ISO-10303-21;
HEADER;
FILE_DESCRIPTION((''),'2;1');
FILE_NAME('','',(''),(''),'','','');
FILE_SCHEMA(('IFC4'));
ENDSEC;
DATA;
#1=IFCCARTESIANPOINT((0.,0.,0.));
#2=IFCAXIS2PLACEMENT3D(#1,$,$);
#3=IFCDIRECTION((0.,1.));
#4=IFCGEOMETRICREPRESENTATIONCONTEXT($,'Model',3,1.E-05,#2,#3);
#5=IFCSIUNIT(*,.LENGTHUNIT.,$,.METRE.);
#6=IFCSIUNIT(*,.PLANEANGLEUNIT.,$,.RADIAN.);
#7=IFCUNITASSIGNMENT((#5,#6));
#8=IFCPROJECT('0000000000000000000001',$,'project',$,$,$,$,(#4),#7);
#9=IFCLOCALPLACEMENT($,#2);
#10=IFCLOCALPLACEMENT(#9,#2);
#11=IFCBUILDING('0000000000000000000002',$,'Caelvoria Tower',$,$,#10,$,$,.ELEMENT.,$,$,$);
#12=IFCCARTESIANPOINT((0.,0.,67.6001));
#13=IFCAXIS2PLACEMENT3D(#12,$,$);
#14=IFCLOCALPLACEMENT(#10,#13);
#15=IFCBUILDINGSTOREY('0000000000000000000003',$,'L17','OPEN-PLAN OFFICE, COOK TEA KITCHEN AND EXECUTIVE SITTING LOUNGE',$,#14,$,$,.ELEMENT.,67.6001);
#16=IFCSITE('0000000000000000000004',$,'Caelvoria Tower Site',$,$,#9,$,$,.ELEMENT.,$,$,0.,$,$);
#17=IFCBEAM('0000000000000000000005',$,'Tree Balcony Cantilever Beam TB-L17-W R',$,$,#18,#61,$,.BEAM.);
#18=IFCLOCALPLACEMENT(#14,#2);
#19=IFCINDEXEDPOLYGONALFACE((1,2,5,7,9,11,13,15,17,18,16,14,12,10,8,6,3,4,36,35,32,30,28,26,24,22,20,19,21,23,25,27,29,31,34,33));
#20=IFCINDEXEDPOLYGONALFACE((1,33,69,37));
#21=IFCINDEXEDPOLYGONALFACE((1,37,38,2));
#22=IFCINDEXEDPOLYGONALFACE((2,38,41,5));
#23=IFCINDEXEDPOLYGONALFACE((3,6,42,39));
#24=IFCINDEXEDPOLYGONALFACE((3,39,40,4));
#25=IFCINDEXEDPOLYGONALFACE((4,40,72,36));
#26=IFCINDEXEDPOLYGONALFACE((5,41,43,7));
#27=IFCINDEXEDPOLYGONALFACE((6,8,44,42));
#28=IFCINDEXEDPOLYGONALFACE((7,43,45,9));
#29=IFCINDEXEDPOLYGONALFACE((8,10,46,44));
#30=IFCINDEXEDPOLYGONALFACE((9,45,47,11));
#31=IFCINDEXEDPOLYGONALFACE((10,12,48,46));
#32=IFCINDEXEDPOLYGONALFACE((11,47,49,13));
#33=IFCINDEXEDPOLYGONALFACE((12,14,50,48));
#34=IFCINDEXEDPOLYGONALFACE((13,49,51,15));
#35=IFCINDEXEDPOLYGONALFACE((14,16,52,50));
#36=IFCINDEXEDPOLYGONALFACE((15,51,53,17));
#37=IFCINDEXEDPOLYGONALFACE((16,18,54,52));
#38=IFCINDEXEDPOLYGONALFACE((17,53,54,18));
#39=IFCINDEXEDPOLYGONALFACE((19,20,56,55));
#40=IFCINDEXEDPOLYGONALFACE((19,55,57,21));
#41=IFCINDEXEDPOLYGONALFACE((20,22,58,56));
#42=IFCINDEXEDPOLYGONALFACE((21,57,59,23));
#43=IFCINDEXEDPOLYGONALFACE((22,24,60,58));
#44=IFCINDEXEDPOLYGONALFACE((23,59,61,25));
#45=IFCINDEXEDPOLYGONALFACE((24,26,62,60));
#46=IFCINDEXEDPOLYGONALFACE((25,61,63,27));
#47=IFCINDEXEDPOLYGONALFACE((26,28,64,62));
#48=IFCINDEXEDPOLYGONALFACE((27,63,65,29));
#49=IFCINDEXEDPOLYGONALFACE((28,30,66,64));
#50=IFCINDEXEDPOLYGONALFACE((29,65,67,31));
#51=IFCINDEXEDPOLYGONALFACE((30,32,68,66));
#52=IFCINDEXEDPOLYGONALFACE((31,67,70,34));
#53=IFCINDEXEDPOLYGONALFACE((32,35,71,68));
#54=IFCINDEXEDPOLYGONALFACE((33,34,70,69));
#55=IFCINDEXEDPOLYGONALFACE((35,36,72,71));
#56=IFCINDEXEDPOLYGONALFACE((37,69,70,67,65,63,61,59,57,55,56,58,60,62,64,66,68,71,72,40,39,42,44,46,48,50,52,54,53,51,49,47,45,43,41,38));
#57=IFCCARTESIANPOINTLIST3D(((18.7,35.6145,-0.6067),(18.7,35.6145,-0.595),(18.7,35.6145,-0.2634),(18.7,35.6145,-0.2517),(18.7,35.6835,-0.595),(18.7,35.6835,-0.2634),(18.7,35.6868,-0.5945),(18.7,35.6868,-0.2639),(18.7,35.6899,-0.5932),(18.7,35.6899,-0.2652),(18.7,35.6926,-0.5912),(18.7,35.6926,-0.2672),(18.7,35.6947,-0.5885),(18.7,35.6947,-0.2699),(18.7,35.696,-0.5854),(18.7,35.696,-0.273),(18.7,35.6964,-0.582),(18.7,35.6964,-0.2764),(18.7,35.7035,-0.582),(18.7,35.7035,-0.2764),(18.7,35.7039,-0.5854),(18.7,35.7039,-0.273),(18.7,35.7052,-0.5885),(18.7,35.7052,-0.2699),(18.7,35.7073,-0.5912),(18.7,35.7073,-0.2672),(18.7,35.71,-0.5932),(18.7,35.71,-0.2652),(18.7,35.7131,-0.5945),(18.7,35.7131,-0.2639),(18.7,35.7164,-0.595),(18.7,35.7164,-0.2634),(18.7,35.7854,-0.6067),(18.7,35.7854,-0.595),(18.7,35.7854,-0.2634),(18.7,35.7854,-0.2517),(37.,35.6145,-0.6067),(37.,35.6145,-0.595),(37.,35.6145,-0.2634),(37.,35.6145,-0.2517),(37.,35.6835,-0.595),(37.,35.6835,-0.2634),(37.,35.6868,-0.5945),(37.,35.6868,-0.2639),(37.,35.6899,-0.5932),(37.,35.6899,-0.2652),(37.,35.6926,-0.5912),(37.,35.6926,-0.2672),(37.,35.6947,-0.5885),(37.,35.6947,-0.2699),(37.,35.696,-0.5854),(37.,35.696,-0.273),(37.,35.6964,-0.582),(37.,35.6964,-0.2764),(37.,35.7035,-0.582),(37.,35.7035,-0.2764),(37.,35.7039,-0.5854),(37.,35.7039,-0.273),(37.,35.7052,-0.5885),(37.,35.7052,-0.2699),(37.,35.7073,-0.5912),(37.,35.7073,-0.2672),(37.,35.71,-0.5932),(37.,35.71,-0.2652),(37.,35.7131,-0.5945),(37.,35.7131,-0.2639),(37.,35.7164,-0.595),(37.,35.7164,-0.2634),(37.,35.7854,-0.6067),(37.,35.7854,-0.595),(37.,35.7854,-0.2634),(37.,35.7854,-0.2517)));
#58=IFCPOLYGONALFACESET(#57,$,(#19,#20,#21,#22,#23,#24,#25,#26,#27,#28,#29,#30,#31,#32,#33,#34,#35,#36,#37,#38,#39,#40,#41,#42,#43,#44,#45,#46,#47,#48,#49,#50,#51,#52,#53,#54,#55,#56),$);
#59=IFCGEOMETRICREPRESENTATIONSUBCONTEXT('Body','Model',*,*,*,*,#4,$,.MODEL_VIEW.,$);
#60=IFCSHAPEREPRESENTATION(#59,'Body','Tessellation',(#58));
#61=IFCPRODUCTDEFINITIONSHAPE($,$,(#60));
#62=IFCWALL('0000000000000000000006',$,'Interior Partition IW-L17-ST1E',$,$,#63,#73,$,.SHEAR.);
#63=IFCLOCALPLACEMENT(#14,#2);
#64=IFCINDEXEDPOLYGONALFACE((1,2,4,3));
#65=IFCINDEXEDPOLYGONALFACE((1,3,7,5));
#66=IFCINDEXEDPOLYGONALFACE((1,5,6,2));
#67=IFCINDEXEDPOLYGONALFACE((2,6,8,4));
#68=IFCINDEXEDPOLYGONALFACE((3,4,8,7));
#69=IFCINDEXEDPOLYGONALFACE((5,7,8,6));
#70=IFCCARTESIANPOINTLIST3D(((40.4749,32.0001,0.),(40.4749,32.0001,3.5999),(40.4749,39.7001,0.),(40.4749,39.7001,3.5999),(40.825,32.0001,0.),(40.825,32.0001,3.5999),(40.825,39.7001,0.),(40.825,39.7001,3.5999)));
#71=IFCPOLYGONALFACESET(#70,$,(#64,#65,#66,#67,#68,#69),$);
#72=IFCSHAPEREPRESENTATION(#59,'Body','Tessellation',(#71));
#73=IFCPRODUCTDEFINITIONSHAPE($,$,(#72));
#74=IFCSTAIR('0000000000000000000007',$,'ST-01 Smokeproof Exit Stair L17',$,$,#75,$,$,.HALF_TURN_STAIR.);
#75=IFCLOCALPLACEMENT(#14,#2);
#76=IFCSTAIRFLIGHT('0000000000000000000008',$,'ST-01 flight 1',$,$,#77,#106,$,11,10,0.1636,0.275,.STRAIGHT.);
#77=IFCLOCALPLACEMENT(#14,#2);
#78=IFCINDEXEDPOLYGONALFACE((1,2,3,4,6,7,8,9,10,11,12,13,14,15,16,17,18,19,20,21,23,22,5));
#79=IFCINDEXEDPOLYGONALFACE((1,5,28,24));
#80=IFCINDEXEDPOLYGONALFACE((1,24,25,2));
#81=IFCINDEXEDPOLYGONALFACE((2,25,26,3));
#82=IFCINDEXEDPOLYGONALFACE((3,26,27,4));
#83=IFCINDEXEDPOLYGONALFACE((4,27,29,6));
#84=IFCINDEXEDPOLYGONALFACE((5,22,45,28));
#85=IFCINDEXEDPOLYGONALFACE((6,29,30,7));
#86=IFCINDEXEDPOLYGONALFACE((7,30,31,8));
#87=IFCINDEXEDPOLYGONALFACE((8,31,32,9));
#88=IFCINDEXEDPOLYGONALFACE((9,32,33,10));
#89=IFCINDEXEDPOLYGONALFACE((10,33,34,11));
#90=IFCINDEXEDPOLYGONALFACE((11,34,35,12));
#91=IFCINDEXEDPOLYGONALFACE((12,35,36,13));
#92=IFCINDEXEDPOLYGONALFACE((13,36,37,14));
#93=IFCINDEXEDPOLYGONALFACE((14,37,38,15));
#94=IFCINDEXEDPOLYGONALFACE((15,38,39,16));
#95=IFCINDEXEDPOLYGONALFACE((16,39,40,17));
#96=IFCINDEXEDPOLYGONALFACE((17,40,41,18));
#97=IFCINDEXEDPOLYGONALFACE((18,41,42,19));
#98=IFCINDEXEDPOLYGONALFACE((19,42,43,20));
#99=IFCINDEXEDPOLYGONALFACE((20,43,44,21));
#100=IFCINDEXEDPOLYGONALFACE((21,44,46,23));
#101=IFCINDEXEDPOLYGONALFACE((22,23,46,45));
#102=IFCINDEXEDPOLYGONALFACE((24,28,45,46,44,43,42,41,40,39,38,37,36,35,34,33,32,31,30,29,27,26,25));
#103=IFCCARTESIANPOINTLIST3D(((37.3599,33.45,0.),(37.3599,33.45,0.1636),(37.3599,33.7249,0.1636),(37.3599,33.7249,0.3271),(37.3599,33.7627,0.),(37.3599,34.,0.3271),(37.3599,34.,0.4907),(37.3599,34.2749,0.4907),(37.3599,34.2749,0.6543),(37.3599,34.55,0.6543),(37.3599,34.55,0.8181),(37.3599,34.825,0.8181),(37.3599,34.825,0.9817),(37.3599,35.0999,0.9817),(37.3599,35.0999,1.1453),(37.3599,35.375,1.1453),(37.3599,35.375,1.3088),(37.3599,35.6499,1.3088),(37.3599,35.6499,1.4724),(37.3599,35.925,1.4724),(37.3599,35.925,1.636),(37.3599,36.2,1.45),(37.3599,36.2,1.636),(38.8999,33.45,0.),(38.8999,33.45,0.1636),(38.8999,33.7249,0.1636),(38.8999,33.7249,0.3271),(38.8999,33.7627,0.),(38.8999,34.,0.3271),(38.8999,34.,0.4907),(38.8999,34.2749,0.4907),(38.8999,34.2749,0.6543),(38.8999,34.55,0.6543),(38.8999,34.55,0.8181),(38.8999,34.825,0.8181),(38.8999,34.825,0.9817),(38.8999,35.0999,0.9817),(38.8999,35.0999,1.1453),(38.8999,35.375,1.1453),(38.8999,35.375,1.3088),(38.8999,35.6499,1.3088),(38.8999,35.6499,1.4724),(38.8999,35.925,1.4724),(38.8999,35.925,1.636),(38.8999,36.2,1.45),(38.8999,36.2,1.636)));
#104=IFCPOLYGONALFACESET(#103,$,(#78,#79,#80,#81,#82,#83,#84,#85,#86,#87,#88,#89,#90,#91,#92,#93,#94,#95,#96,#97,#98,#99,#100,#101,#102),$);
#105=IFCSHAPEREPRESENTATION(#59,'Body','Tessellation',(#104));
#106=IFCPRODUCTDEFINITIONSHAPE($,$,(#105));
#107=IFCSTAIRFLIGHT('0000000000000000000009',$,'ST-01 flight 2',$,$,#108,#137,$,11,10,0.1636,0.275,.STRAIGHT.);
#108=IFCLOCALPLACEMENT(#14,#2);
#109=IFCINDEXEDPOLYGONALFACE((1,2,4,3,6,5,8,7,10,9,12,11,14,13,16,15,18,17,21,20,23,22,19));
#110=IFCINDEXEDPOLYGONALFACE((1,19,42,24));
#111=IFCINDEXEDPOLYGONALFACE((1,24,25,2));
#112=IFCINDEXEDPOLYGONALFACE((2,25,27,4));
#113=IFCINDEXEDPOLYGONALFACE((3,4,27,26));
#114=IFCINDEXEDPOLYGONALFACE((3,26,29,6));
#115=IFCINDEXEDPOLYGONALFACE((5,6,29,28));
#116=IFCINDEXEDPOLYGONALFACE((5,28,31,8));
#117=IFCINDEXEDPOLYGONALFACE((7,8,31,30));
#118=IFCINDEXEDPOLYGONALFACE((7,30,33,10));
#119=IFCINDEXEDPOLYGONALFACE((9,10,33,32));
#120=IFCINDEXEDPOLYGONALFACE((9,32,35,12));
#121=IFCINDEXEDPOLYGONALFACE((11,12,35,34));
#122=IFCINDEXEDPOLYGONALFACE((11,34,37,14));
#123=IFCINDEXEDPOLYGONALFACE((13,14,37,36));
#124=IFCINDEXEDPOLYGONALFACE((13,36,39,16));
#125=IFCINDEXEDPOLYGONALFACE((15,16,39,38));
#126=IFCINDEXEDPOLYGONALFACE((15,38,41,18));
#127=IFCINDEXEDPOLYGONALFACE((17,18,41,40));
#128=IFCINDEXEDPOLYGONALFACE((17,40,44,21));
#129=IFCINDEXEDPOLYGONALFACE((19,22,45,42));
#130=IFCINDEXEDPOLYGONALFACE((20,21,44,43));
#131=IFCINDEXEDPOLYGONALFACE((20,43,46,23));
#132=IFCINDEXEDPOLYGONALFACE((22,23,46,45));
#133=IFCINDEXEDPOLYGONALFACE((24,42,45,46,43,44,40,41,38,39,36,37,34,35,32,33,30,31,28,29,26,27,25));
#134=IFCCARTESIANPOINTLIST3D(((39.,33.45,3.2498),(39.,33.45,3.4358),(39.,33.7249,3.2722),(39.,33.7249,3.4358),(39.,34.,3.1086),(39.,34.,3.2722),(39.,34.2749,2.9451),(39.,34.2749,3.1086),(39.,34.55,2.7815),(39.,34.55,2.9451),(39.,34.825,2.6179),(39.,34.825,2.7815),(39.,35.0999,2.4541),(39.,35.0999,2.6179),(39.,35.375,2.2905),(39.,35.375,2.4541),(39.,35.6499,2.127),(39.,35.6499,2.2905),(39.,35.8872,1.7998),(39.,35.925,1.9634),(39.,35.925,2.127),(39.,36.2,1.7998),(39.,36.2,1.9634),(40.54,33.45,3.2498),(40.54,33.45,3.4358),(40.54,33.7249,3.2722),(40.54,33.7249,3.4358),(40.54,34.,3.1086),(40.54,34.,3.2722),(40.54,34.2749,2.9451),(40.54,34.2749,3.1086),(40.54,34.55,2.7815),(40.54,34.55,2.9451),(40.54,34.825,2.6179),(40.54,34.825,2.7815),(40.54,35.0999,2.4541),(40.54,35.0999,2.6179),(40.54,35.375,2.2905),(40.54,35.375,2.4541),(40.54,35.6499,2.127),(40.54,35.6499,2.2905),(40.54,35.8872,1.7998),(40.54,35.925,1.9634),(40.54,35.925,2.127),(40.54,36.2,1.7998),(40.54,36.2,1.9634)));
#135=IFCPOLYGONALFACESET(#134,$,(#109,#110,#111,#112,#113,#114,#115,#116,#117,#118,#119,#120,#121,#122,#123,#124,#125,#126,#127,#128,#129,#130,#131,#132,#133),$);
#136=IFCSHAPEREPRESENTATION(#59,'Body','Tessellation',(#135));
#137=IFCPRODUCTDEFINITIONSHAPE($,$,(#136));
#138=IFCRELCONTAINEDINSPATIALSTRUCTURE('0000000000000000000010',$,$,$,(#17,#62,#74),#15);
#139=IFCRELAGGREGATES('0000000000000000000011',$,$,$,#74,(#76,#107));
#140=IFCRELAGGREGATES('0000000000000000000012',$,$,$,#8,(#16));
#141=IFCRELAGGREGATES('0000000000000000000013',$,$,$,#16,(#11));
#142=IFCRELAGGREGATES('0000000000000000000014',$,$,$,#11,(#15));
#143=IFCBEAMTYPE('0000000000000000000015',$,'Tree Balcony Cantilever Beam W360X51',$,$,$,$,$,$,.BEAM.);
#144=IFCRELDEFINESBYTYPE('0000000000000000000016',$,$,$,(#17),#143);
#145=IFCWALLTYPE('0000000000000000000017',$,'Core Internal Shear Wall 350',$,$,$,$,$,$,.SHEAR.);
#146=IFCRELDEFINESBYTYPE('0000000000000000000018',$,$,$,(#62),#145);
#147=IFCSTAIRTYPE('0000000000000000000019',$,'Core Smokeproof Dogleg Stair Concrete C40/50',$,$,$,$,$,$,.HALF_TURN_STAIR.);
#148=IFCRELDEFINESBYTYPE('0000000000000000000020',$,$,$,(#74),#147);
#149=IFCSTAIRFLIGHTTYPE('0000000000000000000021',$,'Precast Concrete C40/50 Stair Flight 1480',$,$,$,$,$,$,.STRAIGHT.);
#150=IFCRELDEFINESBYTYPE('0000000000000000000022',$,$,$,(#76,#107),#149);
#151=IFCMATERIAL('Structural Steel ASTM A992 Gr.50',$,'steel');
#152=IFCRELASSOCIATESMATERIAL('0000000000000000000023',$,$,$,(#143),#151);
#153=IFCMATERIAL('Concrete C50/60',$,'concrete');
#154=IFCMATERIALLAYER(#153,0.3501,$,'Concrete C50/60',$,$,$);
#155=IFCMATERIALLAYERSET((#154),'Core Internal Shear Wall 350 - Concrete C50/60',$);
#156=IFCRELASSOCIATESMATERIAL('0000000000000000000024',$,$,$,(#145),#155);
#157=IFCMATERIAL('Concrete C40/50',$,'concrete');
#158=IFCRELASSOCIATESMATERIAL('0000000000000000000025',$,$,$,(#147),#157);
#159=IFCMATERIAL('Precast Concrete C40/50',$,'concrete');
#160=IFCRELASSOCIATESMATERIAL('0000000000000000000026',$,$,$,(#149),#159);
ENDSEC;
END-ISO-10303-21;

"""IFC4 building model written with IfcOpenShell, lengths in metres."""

from ifc_helpers import new_model, si_unit, direction, frame, frame_2d, origin, origin_2d, place, context, subcontext, project, spatial, polyline, rectangle, i_section, outline, extrude, material, layer, layer_set, material_profile, profile_set, type_object, element, aggregate, save


model = new_model("IFC4")

# Units and contexts
model_context = context("Model", 3, precision=1e-05, world=origin(), true_north=direction((0.0, 1.0)))
body_context = subcontext(model_context, "Body", "Model", "MODEL_VIEW")
ifc_project = project(units=[si_unit("LENGTHUNIT", "METRE"), si_unit("PLANEANGLEUNIT", "RADIAN")], contexts=[model_context])

# Site, building, storey
site_placement = place(None, origin())
site = spatial("IfcSite", under=ifc_project, at=site_placement, Name="Caelvoria Tower Site", CompositionType="ELEMENT", RefElevation=0.0)
building_placement = place(site_placement, origin())
building = spatial("IfcBuilding", under=site, at=building_placement, Name="Caelvoria Tower", CompositionType="ELEMENT")
storey_placement = place(building_placement, frame((0.0, 0.0, 67.6001)))
storey = spatial("IfcBuildingStorey", under=building, at=storey_placement, Name="L17", Description="OPEN-PLAN OFFICE, COOK TEA KITCHEN AND EXECUTIVE SITTING LOUNGE", CompositionType="ELEMENT", Elevation=67.6001)

# Beam
ifc_material_1 = material(Name="Structural Steel ASTM A992 Gr.50", Category="steel")
ifc_material_profile_1 = material_profile(ifc_material_1, i_section(OverallWidth=0.1709, OverallDepth=0.355, WebThickness=0.0071, FlangeThickness=0.0117, FilletRadius=0.0129, at=origin_2d()), Name="Structural Steel ASTM A992 Gr.50")
ifc_profile_set_1 = profile_set([ifc_material_profile_1], Name="W360X51 - Structural Steel ASTM A992 Gr.50")
beam_type_1 = type_object("IfcBeamType", Name="Tree Balcony Cantilever Beam W360X51", PredefinedType="BEAM", material=ifc_profile_set_1)
beam_1_placement = place(storey_placement, frame((37.0, 35.7, -0.4292), z_axis=(-1.0, 0.0, 0.0), x_axis=(0.0, -1.0, 0.0)))
element("IfcBeam", 1, at=beam_1_placement, inside=storey, type_object=beam_type_1, Name="Tree Balcony Cantilever Beam TB-L17-W R", PredefinedType="BEAM", context=body_context, shape_type="SweptSolid", body=[
    extrude(i_section(OverallWidth=0.1709, OverallDepth=0.355, WebThickness=0.0071, FlangeThickness=0.0117, FilletRadius=0.0129, at=origin_2d()), origin(), (0.0, 0.0, 1.0), 18.3),
])

# Shared definitions
ifc_material_2 = material(Name="Concrete C50/60", Category="concrete")
ifc_layer_1 = layer(ifc_material_2, 0.3501, Name="Concrete C50/60")
ifc_layer_set_1 = layer_set([ifc_layer_1], Name="Core Internal Shear Wall 350 - Concrete C50/60")
wall_type_1 = type_object("IfcWallType", Name="Core Internal Shear Wall 350", PredefinedType="SHEAR", material=ifc_layer_set_1)

# Wall
wall_1_placement = place(storey_placement, frame((40.6499, 32.0, 0.0), z_axis=(0.0, 0.0, 1.0), x_axis=(0.0, 1.0, 0.0)))
element("IfcWall", 2, at=wall_1_placement, inside=storey, type_object=wall_type_1, Name="Interior Partition IW-L17-ST1E", PredefinedType="SHEAR", context=body_context, shape_type="SweptSolid", body=[
    extrude(rectangle(XDim=7.7, YDim=0.3501, at=frame_2d((3.8501, 0.0))), origin(), (0.0, 0.0, 1.0), 3.5999),
])

# Stair, stair flights
ifc_material_3 = material(Name="Concrete C40/50", Category="concrete")
stair_type = type_object("IfcStairType", Name="Core Smokeproof Dogleg Stair Concrete C40/50", PredefinedType="HALF_TURN_STAIR", material=ifc_material_3)
stair_placement = place(storey_placement, origin())
stair = element("IfcStair", 3, at=stair_placement, inside=storey, type_object=stair_type, Name="ST-01 Smokeproof Exit Stair L17", PredefinedType="HALF_TURN_STAIR")
ifc_material_4 = material(Name="Precast Concrete C40/50", Category="concrete")
stair_flight_type = type_object("IfcStairFlightType", Name="Precast Concrete C40/50 Stair Flight 1480", PredefinedType="STRAIGHT", material=ifc_material_4)
stair_flight_1_placement = place(storey_placement, frame((38.1299, 33.45, 0.0), z_axis=(0.0, 0.0, 1.0), x_axis=(0.0, 1.0, 0.0)))
stair_flight_1 = element("IfcStairFlight", 4, at=stair_flight_1_placement, type_object=stair_flight_type, Name="ST-01 flight 1", NumberOfRisers=11, NumberOfTreads=10, PredefinedType="STRAIGHT", RiserHeight=0.1636, TreadLength=0.275, context=body_context, shape_type="SweptSolid", body=[
    extrude(outline(polyline([(0.0, 0.0), (0.0, 0.1636), (0.2749, 0.1636), (0.2749, 0.3271), (0.55, 0.3271), (0.55, 0.4907), (0.825, 0.4907), (0.825, 0.6543), (1.1001, 0.6543), (1.1001, 0.8181), (1.375, 0.8181), (1.375, 0.9817), (1.6499, 0.9817), (1.6499, 1.1453), (1.925, 1.1453), (1.925, 1.3088), (2.2, 1.3088), (2.2, 1.4724), (2.4751, 1.4724), (2.4751, 1.636), (2.75, 1.636), (2.75, 1.7996), (2.75, 1.45), (0.3127, 0.0), (0.0, 0.0)])), frame((0.0, 0.77, 0.0), z_axis=(0.0, -1.0, 0.0), x_axis=(1.0, 0.0, 0.0)), (0.0, 0.0, 1.0), 1.54),
])
stair_flight_2_placement = place(storey_placement, frame((39.77, 36.2, 1.7998), z_axis=(0.0, 0.0, 1.0), x_axis=(0.0, -1.0, 0.0)))
stair_flight_2 = element("IfcStairFlight", 5, at=stair_flight_2_placement, type_object=stair_flight_type, Name="ST-01 flight 2", NumberOfRisers=11, NumberOfTreads=10, PredefinedType="STRAIGHT", RiserHeight=0.1636, TreadLength=0.275, context=body_context, shape_type="SweptSolid", body=[
    extrude(outline(polyline([(0.0, 0.0), (0.0, 0.1636), (0.2749, 0.1636), (0.2749, 0.3271), (0.55, 0.3271), (0.55, 0.4907), (0.825, 0.4907), (0.825, 0.6543), (1.1001, 0.6543), (1.1001, 0.8181), (1.375, 0.8181), (1.375, 0.9817), (1.6499, 0.9817), (1.6499, 1.1453), (1.925, 1.1453), (1.925, 1.3088), (2.2, 1.3088), (2.2, 1.4724), (2.4751, 1.4724), (2.4751, 1.636), (2.75, 1.636), (2.75, 1.7996), (2.75, 1.45), (0.3127, 0.0), (0.0, 0.0)])), frame((0.0, 0.77, 0.0), z_axis=(0.0, -1.0, 0.0), x_axis=(1.0, 0.0, 0.0)), (0.0, 0.0, 1.0), 1.54),
])
aggregate(stair, [stair_flight_1, stair_flight_2])

save(model, "model.ifc")
